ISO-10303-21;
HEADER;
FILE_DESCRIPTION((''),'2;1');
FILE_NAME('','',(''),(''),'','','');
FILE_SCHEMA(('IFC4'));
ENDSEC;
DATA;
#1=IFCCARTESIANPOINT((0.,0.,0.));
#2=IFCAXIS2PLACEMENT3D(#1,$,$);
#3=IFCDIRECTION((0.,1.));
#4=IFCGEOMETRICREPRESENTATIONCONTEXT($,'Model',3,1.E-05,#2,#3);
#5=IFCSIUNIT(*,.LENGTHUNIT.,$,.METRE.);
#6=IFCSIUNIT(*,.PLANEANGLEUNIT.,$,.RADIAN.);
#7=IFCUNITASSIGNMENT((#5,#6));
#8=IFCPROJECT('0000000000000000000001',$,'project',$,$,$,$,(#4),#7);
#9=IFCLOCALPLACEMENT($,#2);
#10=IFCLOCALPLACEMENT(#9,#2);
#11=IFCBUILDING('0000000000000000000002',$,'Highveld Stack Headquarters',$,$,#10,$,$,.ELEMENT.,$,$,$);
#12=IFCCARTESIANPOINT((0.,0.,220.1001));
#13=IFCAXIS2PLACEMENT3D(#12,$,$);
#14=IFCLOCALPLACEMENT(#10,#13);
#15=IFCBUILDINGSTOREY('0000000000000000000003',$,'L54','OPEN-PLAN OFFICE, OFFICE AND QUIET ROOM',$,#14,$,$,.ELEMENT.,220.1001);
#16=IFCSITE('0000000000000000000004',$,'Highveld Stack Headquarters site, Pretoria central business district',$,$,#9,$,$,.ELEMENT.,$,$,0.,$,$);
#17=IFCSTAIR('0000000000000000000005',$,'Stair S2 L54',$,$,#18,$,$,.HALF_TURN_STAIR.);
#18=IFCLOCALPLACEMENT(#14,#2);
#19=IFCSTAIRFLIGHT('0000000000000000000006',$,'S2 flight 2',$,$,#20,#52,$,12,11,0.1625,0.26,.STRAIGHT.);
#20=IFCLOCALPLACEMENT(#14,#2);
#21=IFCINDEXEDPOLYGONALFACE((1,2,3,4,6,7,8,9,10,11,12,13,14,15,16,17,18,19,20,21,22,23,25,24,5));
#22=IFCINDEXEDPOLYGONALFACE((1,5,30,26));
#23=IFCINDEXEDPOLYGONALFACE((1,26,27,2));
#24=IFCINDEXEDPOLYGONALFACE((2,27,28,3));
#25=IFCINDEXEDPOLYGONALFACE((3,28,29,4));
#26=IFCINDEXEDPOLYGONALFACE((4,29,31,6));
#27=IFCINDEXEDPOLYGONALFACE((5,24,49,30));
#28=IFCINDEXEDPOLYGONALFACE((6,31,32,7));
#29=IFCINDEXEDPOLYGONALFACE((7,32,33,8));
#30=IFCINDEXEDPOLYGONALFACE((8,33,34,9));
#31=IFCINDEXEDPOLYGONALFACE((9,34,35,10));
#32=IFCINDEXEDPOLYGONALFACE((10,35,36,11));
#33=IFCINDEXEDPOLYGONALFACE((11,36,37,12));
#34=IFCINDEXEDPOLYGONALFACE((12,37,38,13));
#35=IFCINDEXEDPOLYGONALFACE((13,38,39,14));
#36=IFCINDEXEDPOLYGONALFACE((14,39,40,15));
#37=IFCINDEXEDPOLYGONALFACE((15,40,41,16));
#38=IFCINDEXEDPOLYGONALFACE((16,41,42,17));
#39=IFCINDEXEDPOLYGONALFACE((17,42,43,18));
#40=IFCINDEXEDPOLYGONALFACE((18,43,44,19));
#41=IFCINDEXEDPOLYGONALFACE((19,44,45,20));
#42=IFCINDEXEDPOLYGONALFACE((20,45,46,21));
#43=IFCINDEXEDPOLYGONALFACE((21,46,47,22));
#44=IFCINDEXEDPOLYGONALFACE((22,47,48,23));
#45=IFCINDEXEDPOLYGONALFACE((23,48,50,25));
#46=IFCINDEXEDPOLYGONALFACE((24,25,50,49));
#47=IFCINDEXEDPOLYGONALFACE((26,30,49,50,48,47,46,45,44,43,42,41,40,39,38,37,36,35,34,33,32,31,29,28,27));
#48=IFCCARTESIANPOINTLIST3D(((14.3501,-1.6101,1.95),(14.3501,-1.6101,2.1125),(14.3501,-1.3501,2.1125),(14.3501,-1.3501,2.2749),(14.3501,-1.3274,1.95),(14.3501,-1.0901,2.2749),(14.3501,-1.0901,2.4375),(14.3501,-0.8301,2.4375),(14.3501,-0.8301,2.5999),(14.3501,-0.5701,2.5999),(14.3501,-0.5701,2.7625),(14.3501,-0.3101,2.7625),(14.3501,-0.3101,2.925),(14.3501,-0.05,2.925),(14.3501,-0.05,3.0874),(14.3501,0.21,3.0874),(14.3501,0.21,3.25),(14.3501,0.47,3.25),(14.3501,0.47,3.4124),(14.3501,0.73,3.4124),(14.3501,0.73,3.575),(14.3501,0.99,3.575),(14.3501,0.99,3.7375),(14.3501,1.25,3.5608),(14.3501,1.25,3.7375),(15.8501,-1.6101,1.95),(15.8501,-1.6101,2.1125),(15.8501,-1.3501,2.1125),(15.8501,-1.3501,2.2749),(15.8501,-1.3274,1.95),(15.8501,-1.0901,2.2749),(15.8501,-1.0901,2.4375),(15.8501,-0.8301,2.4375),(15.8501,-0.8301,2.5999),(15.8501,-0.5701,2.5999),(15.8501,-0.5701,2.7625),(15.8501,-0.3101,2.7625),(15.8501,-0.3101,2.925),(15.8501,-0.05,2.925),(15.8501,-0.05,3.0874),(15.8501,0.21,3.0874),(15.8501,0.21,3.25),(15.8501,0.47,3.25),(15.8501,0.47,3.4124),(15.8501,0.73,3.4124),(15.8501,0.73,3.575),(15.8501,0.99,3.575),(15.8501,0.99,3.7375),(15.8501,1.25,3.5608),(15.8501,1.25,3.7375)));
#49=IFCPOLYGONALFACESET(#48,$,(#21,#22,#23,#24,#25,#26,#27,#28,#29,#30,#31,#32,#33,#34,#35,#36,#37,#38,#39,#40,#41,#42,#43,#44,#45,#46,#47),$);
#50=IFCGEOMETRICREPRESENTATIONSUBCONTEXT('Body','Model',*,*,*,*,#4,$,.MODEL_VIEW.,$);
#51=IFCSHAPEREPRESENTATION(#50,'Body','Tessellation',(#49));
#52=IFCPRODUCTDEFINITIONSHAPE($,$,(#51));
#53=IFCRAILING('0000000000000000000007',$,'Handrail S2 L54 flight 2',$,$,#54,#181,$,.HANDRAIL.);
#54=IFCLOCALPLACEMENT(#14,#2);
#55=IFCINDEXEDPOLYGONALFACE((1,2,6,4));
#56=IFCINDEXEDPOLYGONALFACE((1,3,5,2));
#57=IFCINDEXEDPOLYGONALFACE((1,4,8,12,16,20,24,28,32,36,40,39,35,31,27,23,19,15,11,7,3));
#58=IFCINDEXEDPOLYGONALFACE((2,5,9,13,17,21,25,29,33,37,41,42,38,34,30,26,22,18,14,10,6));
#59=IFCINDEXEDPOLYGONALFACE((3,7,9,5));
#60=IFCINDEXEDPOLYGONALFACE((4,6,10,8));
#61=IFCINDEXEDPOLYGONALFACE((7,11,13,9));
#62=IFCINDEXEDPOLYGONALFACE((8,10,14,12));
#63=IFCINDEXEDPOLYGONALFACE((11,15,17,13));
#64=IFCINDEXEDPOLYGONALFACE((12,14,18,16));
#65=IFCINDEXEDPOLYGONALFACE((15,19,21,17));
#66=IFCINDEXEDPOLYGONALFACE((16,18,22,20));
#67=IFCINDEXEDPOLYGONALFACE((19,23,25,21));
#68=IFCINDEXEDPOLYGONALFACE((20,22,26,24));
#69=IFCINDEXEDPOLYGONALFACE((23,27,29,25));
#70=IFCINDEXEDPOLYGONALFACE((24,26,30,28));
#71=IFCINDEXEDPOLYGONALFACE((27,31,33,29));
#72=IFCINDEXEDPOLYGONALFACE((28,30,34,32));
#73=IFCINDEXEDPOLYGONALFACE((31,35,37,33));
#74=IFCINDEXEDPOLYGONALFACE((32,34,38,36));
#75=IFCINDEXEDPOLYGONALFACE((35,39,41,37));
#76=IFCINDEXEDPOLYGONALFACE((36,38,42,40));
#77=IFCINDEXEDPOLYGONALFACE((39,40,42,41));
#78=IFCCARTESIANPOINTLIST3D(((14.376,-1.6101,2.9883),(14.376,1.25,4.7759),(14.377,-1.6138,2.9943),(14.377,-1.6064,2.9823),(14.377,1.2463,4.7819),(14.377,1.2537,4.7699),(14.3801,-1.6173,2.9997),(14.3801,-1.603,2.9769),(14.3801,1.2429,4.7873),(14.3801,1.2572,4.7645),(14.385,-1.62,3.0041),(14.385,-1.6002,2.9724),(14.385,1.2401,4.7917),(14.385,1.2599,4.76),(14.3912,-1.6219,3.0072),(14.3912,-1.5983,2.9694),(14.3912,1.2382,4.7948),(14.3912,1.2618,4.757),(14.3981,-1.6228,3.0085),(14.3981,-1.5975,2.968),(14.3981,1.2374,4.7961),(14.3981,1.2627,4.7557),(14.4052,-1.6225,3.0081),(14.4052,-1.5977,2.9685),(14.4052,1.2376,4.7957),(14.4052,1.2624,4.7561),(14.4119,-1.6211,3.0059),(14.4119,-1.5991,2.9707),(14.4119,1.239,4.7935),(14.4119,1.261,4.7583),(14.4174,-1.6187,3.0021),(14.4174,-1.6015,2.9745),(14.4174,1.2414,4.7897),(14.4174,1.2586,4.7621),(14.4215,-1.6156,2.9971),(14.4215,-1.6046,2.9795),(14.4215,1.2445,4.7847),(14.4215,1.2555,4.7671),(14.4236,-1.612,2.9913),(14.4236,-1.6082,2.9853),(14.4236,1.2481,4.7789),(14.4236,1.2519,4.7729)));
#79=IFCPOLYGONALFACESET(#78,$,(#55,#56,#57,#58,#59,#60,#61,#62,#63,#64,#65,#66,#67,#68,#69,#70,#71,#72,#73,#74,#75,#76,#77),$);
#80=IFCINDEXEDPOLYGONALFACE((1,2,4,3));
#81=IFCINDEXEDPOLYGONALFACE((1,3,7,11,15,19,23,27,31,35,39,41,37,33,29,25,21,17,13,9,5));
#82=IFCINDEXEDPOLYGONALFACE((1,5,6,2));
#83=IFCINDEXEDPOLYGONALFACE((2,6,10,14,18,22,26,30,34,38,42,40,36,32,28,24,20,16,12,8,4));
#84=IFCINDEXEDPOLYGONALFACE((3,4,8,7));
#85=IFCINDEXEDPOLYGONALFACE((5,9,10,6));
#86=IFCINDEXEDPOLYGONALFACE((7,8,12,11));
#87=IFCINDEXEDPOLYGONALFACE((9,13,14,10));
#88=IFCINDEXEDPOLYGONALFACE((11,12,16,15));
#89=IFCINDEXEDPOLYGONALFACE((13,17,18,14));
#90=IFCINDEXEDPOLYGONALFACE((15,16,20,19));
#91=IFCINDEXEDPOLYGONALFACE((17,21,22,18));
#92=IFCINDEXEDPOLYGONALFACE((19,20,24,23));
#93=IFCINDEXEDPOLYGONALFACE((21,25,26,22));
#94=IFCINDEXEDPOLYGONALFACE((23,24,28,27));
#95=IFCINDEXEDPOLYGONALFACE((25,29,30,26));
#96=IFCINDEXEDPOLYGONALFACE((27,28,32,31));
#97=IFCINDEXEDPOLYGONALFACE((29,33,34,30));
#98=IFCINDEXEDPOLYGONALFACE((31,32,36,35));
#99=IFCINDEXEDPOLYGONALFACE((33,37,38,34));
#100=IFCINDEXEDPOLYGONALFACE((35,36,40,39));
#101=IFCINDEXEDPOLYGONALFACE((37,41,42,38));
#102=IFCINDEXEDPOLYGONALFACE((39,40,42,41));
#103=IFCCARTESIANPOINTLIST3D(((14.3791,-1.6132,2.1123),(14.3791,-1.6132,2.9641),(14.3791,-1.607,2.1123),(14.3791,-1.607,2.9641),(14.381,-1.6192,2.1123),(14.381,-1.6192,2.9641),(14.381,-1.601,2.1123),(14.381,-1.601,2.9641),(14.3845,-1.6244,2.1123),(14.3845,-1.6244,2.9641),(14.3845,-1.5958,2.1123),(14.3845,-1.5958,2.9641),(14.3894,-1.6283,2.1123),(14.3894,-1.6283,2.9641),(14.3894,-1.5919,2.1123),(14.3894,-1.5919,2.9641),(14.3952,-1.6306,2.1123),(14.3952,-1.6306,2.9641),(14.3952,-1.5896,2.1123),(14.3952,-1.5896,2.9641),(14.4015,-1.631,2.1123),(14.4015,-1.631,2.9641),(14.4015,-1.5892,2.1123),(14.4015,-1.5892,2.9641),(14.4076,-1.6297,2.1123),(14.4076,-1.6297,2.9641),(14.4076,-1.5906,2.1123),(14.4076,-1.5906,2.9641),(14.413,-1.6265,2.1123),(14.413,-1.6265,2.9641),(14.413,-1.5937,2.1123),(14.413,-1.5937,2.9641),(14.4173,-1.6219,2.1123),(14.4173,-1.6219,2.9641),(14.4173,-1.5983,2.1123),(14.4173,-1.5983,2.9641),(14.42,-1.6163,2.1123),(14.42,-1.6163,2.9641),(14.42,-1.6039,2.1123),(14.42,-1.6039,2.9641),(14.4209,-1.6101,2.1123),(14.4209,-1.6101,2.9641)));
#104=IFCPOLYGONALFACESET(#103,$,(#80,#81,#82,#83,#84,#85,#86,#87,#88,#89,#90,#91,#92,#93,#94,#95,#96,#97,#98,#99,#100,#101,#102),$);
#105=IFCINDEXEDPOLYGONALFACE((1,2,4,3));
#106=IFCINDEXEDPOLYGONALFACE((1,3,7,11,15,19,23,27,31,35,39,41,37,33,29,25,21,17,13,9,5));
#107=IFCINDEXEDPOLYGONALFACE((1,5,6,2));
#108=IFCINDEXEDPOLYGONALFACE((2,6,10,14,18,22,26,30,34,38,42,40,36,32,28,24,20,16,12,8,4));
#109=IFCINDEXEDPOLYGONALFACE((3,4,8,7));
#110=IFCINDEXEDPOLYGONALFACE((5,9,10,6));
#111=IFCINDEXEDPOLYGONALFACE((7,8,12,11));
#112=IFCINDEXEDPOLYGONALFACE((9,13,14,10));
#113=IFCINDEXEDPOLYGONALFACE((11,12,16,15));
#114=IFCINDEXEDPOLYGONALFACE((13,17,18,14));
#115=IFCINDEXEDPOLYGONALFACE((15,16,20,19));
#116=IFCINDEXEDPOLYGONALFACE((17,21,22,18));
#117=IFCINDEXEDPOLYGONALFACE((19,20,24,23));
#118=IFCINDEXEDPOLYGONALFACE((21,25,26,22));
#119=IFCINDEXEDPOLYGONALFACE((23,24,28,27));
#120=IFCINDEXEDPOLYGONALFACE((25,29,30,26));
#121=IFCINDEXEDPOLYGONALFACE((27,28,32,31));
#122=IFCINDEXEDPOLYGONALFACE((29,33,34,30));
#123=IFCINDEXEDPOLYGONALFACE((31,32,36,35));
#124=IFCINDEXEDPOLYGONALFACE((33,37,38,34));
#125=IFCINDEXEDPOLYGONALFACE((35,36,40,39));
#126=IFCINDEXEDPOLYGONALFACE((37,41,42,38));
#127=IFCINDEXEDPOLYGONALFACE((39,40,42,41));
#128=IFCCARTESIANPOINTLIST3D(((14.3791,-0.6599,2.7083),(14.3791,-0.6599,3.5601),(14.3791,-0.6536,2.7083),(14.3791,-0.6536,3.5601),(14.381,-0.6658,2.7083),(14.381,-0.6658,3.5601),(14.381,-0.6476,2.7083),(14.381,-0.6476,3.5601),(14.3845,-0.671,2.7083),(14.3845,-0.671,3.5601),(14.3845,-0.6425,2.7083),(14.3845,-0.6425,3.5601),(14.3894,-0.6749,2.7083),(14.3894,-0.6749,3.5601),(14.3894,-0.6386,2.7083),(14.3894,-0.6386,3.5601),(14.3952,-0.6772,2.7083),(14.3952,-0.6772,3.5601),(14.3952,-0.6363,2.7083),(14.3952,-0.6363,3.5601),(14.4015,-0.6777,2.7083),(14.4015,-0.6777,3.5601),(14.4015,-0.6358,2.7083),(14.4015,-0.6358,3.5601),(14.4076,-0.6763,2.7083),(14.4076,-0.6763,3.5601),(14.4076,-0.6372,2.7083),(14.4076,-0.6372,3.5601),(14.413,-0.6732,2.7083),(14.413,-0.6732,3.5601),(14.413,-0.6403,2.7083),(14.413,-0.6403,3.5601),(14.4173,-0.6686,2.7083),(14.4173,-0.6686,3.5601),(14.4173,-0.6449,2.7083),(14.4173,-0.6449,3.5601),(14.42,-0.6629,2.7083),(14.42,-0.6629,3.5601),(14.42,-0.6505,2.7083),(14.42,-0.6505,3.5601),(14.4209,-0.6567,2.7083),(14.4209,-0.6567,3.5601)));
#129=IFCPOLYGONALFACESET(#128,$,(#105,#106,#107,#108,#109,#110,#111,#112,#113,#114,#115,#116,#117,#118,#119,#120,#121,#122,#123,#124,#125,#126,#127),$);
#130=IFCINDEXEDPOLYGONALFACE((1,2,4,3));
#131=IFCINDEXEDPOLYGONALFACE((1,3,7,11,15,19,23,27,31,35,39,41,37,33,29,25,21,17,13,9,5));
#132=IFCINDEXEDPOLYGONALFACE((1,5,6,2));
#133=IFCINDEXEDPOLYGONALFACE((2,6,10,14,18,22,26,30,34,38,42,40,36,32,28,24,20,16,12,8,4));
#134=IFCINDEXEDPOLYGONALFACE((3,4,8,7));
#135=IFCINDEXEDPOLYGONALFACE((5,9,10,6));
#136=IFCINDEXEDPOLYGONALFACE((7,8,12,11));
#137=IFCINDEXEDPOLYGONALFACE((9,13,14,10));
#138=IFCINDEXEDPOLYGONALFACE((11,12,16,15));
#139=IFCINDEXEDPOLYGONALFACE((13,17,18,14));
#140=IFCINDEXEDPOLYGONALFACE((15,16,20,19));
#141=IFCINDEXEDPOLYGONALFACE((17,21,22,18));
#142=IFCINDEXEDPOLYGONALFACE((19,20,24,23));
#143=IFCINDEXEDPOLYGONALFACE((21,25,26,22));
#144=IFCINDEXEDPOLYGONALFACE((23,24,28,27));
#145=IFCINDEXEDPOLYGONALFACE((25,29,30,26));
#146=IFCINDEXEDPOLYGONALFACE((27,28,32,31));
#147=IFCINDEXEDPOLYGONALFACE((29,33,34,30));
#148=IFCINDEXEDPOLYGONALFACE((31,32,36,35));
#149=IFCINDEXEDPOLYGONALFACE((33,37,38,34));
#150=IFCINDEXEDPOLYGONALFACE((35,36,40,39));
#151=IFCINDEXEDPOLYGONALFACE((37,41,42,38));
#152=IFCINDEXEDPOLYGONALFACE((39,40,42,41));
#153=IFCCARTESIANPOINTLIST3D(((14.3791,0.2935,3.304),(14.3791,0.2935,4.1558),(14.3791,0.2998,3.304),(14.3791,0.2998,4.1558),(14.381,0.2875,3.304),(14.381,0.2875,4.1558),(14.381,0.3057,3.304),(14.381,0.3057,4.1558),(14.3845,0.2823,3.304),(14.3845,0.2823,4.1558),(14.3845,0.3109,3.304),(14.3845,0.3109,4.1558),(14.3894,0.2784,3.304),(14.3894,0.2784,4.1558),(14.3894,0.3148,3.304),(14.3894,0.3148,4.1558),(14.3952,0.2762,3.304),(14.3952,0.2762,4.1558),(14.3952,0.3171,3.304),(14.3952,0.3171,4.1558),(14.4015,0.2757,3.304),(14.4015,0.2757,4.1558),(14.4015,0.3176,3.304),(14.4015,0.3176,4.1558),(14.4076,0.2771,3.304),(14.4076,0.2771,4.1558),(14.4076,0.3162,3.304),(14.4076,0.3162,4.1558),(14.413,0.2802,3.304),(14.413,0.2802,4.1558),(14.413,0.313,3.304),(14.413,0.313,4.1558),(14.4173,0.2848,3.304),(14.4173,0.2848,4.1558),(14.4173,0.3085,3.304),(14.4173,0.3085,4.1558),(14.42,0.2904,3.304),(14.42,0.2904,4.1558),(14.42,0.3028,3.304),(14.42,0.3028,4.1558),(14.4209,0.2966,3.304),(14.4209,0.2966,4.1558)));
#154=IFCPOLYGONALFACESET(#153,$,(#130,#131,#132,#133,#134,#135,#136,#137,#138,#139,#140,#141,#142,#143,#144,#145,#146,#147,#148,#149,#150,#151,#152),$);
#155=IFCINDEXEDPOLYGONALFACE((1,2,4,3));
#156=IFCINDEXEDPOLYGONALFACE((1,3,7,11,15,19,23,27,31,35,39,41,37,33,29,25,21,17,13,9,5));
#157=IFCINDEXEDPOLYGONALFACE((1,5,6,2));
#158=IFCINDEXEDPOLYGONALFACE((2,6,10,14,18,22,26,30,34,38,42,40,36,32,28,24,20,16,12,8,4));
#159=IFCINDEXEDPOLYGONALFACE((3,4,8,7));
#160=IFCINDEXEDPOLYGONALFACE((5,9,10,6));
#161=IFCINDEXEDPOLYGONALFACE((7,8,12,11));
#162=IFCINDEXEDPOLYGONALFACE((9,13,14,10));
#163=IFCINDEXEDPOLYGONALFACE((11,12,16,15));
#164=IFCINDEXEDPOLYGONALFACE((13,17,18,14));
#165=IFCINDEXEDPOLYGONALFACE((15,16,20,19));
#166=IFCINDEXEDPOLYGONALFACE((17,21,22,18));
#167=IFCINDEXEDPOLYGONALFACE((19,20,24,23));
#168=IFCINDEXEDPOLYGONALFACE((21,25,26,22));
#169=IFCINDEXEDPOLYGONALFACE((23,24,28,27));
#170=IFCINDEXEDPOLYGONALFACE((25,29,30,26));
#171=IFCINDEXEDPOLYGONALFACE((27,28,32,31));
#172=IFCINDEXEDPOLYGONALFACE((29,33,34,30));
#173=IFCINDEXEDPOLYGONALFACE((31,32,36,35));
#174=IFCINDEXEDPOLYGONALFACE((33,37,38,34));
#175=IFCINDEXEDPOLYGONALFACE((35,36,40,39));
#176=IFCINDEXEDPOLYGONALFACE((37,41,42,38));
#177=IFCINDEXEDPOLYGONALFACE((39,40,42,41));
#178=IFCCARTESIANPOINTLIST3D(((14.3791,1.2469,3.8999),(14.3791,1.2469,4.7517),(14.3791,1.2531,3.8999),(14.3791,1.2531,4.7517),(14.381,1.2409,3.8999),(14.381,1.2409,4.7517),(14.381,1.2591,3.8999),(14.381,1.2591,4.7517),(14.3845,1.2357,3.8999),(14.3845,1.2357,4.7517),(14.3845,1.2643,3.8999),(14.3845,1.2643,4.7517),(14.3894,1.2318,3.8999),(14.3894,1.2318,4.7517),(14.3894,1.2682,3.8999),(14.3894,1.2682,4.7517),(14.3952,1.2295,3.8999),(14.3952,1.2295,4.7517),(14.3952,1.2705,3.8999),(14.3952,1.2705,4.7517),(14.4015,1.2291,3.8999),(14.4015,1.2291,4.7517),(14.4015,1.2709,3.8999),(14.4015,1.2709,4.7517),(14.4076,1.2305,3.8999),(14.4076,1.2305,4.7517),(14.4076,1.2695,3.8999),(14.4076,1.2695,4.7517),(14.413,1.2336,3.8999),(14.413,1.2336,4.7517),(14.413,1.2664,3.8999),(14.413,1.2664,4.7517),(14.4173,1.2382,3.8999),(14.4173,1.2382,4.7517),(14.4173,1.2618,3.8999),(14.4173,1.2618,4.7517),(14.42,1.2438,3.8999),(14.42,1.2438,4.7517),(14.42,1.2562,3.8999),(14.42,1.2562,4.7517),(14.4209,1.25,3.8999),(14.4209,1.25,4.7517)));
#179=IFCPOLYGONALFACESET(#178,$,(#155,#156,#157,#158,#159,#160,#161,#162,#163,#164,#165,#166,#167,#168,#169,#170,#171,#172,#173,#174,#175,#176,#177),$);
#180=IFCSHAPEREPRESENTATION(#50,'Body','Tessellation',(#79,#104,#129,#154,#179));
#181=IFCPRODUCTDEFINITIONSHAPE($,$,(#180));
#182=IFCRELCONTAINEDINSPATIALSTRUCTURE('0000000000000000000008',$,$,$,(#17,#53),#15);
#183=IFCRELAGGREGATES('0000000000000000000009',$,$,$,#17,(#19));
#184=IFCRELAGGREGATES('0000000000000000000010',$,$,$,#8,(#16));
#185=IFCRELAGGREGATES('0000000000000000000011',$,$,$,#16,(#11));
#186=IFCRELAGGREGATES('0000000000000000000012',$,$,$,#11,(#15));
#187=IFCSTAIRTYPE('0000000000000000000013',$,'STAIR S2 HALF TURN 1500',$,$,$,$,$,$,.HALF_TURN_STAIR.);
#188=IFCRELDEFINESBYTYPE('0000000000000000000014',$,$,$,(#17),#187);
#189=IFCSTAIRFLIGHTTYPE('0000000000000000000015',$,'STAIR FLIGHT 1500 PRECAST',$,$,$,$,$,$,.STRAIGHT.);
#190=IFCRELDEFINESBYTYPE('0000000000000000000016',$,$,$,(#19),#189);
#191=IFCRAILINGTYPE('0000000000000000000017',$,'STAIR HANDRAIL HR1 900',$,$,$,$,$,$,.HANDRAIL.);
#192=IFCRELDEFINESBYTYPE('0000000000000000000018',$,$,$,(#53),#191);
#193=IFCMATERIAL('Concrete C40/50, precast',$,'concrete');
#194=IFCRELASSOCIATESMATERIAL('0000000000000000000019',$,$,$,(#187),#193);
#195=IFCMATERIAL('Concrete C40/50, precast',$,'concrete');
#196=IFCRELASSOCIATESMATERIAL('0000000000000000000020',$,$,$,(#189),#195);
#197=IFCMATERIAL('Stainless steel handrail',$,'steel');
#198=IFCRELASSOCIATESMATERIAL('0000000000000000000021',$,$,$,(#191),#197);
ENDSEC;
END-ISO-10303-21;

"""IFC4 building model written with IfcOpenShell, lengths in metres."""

from ifc_helpers import new_model, si_unit, direction, frame, origin, origin_2d, place, context, subcontext, project, spatial, polyline, circle, outline, extrude, material, type_object, element, aggregate, save


model = new_model("IFC4")

# Units and contexts
model_context = context("Model", 3, precision=1e-05, world=origin(), true_north=direction((0.0, 1.0)))
body_context = subcontext(model_context, "Body", "Model", "MODEL_VIEW")
ifc_project = project(units=[si_unit("LENGTHUNIT", "METRE"), si_unit("PLANEANGLEUNIT", "RADIAN")], contexts=[model_context])

# Site, building, storey
site_placement = place(None, origin())
site = spatial("IfcSite", under=ifc_project, at=site_placement, Name="Highveld Stack Headquarters site, Pretoria central business district", CompositionType="ELEMENT", RefElevation=0.0)
building_placement = place(site_placement, origin())
building = spatial("IfcBuilding", under=site, at=building_placement, Name="Highveld Stack Headquarters", CompositionType="ELEMENT")
storey_placement = place(building_placement, frame((0.0, 0.0, 220.1001)))
storey = spatial("IfcBuildingStorey", under=building, at=storey_placement, Name="L54", Description="OPEN-PLAN OFFICE, OFFICE AND QUIET ROOM", CompositionType="ELEMENT", Elevation=220.1001)

# Stair, stair flight
ifc_material_1 = material(Name="Concrete C40/50, precast", Category="concrete")
stair_type = type_object("IfcStairType", Name="STAIR S2 HALF TURN 1500", PredefinedType="HALF_TURN_STAIR", material=ifc_material_1)
stair_placement = place(storey_placement, origin())
stair = element("IfcStair", 1, at=stair_placement, inside=storey, type_object=stair_type, Name="Stair S2 L54", PredefinedType="HALF_TURN_STAIR")
ifc_material_2 = material(Name="Concrete C40/50, precast", Category="concrete")
stair_flight_type = type_object("IfcStairFlightType", Name="STAIR FLIGHT 1500 PRECAST", PredefinedType="STRAIGHT", material=ifc_material_2)
stair_flight_placement = place(storey_placement, frame((15.1001, -1.6101, 1.95), z_axis=(0.0, 0.0, 1.0), x_axis=(0.0, 1.0, 0.0)))
stair_flight = element("IfcStairFlight", 2, at=stair_flight_placement, type_object=stair_flight_type, Name="S2 flight 2", NumberOfRisers=12, NumberOfTreads=11, PredefinedType="STRAIGHT", RiserHeight=0.1625, TreadLength=0.26, context=body_context, shape_type="SweptSolid", body=[
    extrude(outline(polyline([(0.0, 0.0), (0.0, 0.1626), (0.26, 0.1626), (0.26, 0.325), (0.52, 0.325), (0.52, 0.4875), (0.78, 0.4875), (0.78, 0.6499), (1.04, 0.6499), (1.04, 0.8125), (1.3, 0.8125), (1.3, 0.9751), (1.5601, 0.9751), (1.5601, 1.1375), (1.8201, 1.1375), (1.8201, 1.3), (2.0801, 1.3), (2.0801, 1.4624), (2.3401, 1.4624), (2.3401, 1.625), (2.6001, 1.625), (2.6001, 1.7876), (2.8601, 1.7876), (2.8601, 1.95), (2.8601, 1.6108), (0.2827, 0.0), (0.0, 0.0)])), frame((0.0, 0.75, 0.0), z_axis=(0.0, -1.0, 0.0), x_axis=(1.0, 0.0, 0.0)), (0.0, 0.0, 1.0), 1.5),
])
aggregate(stair, [stair_flight])

# Railing
ifc_material_3 = material(Name="Stainless steel handrail", Category="steel")
railing_type = type_object("IfcRailingType", Name="STAIR HANDRAIL HR1 900", PredefinedType="HANDRAIL", material=ifc_material_3)
railing_placement = place(storey_placement, frame((14.3999, -1.6101, 2.1123)))
element("IfcRailing", 3, at=railing_placement, inside=storey, type_object=railing_type, Name="Handrail S2 L54 flight 2", PredefinedType="HANDRAIL", context=body_context, shape_type="SweptSolid", body=[
    extrude(circle(Radius=0.0239, at=origin_2d()), frame((0.0, 0.0, 0.876), z_axis=(0.0, 0.847994, 0.530005), x_axis=(-1.0, 0.0, 0.0)), (0.0, 0.0, 1.0), 3.3728),
    extrude(circle(Radius=0.021, at=origin_2d()), origin(), (0.0, 0.0, 1.0), 0.8518),
    extrude(circle(Radius=0.021, at=origin_2d()), frame((0.0, 0.9534, 0.5959)), (0.0, 0.0, 1.0), 0.8518),
    extrude(circle(Radius=0.021, at=origin_2d()), frame((0.0, 1.9067, 1.1917)), (0.0, 0.0, 1.0), 0.8518),
    extrude(circle(Radius=0.021, at=origin_2d()), frame((0.0, 2.8601, 1.7876)), (0.0, 0.0, 1.0), 0.8518),
])

save(model, "model.ifc")
